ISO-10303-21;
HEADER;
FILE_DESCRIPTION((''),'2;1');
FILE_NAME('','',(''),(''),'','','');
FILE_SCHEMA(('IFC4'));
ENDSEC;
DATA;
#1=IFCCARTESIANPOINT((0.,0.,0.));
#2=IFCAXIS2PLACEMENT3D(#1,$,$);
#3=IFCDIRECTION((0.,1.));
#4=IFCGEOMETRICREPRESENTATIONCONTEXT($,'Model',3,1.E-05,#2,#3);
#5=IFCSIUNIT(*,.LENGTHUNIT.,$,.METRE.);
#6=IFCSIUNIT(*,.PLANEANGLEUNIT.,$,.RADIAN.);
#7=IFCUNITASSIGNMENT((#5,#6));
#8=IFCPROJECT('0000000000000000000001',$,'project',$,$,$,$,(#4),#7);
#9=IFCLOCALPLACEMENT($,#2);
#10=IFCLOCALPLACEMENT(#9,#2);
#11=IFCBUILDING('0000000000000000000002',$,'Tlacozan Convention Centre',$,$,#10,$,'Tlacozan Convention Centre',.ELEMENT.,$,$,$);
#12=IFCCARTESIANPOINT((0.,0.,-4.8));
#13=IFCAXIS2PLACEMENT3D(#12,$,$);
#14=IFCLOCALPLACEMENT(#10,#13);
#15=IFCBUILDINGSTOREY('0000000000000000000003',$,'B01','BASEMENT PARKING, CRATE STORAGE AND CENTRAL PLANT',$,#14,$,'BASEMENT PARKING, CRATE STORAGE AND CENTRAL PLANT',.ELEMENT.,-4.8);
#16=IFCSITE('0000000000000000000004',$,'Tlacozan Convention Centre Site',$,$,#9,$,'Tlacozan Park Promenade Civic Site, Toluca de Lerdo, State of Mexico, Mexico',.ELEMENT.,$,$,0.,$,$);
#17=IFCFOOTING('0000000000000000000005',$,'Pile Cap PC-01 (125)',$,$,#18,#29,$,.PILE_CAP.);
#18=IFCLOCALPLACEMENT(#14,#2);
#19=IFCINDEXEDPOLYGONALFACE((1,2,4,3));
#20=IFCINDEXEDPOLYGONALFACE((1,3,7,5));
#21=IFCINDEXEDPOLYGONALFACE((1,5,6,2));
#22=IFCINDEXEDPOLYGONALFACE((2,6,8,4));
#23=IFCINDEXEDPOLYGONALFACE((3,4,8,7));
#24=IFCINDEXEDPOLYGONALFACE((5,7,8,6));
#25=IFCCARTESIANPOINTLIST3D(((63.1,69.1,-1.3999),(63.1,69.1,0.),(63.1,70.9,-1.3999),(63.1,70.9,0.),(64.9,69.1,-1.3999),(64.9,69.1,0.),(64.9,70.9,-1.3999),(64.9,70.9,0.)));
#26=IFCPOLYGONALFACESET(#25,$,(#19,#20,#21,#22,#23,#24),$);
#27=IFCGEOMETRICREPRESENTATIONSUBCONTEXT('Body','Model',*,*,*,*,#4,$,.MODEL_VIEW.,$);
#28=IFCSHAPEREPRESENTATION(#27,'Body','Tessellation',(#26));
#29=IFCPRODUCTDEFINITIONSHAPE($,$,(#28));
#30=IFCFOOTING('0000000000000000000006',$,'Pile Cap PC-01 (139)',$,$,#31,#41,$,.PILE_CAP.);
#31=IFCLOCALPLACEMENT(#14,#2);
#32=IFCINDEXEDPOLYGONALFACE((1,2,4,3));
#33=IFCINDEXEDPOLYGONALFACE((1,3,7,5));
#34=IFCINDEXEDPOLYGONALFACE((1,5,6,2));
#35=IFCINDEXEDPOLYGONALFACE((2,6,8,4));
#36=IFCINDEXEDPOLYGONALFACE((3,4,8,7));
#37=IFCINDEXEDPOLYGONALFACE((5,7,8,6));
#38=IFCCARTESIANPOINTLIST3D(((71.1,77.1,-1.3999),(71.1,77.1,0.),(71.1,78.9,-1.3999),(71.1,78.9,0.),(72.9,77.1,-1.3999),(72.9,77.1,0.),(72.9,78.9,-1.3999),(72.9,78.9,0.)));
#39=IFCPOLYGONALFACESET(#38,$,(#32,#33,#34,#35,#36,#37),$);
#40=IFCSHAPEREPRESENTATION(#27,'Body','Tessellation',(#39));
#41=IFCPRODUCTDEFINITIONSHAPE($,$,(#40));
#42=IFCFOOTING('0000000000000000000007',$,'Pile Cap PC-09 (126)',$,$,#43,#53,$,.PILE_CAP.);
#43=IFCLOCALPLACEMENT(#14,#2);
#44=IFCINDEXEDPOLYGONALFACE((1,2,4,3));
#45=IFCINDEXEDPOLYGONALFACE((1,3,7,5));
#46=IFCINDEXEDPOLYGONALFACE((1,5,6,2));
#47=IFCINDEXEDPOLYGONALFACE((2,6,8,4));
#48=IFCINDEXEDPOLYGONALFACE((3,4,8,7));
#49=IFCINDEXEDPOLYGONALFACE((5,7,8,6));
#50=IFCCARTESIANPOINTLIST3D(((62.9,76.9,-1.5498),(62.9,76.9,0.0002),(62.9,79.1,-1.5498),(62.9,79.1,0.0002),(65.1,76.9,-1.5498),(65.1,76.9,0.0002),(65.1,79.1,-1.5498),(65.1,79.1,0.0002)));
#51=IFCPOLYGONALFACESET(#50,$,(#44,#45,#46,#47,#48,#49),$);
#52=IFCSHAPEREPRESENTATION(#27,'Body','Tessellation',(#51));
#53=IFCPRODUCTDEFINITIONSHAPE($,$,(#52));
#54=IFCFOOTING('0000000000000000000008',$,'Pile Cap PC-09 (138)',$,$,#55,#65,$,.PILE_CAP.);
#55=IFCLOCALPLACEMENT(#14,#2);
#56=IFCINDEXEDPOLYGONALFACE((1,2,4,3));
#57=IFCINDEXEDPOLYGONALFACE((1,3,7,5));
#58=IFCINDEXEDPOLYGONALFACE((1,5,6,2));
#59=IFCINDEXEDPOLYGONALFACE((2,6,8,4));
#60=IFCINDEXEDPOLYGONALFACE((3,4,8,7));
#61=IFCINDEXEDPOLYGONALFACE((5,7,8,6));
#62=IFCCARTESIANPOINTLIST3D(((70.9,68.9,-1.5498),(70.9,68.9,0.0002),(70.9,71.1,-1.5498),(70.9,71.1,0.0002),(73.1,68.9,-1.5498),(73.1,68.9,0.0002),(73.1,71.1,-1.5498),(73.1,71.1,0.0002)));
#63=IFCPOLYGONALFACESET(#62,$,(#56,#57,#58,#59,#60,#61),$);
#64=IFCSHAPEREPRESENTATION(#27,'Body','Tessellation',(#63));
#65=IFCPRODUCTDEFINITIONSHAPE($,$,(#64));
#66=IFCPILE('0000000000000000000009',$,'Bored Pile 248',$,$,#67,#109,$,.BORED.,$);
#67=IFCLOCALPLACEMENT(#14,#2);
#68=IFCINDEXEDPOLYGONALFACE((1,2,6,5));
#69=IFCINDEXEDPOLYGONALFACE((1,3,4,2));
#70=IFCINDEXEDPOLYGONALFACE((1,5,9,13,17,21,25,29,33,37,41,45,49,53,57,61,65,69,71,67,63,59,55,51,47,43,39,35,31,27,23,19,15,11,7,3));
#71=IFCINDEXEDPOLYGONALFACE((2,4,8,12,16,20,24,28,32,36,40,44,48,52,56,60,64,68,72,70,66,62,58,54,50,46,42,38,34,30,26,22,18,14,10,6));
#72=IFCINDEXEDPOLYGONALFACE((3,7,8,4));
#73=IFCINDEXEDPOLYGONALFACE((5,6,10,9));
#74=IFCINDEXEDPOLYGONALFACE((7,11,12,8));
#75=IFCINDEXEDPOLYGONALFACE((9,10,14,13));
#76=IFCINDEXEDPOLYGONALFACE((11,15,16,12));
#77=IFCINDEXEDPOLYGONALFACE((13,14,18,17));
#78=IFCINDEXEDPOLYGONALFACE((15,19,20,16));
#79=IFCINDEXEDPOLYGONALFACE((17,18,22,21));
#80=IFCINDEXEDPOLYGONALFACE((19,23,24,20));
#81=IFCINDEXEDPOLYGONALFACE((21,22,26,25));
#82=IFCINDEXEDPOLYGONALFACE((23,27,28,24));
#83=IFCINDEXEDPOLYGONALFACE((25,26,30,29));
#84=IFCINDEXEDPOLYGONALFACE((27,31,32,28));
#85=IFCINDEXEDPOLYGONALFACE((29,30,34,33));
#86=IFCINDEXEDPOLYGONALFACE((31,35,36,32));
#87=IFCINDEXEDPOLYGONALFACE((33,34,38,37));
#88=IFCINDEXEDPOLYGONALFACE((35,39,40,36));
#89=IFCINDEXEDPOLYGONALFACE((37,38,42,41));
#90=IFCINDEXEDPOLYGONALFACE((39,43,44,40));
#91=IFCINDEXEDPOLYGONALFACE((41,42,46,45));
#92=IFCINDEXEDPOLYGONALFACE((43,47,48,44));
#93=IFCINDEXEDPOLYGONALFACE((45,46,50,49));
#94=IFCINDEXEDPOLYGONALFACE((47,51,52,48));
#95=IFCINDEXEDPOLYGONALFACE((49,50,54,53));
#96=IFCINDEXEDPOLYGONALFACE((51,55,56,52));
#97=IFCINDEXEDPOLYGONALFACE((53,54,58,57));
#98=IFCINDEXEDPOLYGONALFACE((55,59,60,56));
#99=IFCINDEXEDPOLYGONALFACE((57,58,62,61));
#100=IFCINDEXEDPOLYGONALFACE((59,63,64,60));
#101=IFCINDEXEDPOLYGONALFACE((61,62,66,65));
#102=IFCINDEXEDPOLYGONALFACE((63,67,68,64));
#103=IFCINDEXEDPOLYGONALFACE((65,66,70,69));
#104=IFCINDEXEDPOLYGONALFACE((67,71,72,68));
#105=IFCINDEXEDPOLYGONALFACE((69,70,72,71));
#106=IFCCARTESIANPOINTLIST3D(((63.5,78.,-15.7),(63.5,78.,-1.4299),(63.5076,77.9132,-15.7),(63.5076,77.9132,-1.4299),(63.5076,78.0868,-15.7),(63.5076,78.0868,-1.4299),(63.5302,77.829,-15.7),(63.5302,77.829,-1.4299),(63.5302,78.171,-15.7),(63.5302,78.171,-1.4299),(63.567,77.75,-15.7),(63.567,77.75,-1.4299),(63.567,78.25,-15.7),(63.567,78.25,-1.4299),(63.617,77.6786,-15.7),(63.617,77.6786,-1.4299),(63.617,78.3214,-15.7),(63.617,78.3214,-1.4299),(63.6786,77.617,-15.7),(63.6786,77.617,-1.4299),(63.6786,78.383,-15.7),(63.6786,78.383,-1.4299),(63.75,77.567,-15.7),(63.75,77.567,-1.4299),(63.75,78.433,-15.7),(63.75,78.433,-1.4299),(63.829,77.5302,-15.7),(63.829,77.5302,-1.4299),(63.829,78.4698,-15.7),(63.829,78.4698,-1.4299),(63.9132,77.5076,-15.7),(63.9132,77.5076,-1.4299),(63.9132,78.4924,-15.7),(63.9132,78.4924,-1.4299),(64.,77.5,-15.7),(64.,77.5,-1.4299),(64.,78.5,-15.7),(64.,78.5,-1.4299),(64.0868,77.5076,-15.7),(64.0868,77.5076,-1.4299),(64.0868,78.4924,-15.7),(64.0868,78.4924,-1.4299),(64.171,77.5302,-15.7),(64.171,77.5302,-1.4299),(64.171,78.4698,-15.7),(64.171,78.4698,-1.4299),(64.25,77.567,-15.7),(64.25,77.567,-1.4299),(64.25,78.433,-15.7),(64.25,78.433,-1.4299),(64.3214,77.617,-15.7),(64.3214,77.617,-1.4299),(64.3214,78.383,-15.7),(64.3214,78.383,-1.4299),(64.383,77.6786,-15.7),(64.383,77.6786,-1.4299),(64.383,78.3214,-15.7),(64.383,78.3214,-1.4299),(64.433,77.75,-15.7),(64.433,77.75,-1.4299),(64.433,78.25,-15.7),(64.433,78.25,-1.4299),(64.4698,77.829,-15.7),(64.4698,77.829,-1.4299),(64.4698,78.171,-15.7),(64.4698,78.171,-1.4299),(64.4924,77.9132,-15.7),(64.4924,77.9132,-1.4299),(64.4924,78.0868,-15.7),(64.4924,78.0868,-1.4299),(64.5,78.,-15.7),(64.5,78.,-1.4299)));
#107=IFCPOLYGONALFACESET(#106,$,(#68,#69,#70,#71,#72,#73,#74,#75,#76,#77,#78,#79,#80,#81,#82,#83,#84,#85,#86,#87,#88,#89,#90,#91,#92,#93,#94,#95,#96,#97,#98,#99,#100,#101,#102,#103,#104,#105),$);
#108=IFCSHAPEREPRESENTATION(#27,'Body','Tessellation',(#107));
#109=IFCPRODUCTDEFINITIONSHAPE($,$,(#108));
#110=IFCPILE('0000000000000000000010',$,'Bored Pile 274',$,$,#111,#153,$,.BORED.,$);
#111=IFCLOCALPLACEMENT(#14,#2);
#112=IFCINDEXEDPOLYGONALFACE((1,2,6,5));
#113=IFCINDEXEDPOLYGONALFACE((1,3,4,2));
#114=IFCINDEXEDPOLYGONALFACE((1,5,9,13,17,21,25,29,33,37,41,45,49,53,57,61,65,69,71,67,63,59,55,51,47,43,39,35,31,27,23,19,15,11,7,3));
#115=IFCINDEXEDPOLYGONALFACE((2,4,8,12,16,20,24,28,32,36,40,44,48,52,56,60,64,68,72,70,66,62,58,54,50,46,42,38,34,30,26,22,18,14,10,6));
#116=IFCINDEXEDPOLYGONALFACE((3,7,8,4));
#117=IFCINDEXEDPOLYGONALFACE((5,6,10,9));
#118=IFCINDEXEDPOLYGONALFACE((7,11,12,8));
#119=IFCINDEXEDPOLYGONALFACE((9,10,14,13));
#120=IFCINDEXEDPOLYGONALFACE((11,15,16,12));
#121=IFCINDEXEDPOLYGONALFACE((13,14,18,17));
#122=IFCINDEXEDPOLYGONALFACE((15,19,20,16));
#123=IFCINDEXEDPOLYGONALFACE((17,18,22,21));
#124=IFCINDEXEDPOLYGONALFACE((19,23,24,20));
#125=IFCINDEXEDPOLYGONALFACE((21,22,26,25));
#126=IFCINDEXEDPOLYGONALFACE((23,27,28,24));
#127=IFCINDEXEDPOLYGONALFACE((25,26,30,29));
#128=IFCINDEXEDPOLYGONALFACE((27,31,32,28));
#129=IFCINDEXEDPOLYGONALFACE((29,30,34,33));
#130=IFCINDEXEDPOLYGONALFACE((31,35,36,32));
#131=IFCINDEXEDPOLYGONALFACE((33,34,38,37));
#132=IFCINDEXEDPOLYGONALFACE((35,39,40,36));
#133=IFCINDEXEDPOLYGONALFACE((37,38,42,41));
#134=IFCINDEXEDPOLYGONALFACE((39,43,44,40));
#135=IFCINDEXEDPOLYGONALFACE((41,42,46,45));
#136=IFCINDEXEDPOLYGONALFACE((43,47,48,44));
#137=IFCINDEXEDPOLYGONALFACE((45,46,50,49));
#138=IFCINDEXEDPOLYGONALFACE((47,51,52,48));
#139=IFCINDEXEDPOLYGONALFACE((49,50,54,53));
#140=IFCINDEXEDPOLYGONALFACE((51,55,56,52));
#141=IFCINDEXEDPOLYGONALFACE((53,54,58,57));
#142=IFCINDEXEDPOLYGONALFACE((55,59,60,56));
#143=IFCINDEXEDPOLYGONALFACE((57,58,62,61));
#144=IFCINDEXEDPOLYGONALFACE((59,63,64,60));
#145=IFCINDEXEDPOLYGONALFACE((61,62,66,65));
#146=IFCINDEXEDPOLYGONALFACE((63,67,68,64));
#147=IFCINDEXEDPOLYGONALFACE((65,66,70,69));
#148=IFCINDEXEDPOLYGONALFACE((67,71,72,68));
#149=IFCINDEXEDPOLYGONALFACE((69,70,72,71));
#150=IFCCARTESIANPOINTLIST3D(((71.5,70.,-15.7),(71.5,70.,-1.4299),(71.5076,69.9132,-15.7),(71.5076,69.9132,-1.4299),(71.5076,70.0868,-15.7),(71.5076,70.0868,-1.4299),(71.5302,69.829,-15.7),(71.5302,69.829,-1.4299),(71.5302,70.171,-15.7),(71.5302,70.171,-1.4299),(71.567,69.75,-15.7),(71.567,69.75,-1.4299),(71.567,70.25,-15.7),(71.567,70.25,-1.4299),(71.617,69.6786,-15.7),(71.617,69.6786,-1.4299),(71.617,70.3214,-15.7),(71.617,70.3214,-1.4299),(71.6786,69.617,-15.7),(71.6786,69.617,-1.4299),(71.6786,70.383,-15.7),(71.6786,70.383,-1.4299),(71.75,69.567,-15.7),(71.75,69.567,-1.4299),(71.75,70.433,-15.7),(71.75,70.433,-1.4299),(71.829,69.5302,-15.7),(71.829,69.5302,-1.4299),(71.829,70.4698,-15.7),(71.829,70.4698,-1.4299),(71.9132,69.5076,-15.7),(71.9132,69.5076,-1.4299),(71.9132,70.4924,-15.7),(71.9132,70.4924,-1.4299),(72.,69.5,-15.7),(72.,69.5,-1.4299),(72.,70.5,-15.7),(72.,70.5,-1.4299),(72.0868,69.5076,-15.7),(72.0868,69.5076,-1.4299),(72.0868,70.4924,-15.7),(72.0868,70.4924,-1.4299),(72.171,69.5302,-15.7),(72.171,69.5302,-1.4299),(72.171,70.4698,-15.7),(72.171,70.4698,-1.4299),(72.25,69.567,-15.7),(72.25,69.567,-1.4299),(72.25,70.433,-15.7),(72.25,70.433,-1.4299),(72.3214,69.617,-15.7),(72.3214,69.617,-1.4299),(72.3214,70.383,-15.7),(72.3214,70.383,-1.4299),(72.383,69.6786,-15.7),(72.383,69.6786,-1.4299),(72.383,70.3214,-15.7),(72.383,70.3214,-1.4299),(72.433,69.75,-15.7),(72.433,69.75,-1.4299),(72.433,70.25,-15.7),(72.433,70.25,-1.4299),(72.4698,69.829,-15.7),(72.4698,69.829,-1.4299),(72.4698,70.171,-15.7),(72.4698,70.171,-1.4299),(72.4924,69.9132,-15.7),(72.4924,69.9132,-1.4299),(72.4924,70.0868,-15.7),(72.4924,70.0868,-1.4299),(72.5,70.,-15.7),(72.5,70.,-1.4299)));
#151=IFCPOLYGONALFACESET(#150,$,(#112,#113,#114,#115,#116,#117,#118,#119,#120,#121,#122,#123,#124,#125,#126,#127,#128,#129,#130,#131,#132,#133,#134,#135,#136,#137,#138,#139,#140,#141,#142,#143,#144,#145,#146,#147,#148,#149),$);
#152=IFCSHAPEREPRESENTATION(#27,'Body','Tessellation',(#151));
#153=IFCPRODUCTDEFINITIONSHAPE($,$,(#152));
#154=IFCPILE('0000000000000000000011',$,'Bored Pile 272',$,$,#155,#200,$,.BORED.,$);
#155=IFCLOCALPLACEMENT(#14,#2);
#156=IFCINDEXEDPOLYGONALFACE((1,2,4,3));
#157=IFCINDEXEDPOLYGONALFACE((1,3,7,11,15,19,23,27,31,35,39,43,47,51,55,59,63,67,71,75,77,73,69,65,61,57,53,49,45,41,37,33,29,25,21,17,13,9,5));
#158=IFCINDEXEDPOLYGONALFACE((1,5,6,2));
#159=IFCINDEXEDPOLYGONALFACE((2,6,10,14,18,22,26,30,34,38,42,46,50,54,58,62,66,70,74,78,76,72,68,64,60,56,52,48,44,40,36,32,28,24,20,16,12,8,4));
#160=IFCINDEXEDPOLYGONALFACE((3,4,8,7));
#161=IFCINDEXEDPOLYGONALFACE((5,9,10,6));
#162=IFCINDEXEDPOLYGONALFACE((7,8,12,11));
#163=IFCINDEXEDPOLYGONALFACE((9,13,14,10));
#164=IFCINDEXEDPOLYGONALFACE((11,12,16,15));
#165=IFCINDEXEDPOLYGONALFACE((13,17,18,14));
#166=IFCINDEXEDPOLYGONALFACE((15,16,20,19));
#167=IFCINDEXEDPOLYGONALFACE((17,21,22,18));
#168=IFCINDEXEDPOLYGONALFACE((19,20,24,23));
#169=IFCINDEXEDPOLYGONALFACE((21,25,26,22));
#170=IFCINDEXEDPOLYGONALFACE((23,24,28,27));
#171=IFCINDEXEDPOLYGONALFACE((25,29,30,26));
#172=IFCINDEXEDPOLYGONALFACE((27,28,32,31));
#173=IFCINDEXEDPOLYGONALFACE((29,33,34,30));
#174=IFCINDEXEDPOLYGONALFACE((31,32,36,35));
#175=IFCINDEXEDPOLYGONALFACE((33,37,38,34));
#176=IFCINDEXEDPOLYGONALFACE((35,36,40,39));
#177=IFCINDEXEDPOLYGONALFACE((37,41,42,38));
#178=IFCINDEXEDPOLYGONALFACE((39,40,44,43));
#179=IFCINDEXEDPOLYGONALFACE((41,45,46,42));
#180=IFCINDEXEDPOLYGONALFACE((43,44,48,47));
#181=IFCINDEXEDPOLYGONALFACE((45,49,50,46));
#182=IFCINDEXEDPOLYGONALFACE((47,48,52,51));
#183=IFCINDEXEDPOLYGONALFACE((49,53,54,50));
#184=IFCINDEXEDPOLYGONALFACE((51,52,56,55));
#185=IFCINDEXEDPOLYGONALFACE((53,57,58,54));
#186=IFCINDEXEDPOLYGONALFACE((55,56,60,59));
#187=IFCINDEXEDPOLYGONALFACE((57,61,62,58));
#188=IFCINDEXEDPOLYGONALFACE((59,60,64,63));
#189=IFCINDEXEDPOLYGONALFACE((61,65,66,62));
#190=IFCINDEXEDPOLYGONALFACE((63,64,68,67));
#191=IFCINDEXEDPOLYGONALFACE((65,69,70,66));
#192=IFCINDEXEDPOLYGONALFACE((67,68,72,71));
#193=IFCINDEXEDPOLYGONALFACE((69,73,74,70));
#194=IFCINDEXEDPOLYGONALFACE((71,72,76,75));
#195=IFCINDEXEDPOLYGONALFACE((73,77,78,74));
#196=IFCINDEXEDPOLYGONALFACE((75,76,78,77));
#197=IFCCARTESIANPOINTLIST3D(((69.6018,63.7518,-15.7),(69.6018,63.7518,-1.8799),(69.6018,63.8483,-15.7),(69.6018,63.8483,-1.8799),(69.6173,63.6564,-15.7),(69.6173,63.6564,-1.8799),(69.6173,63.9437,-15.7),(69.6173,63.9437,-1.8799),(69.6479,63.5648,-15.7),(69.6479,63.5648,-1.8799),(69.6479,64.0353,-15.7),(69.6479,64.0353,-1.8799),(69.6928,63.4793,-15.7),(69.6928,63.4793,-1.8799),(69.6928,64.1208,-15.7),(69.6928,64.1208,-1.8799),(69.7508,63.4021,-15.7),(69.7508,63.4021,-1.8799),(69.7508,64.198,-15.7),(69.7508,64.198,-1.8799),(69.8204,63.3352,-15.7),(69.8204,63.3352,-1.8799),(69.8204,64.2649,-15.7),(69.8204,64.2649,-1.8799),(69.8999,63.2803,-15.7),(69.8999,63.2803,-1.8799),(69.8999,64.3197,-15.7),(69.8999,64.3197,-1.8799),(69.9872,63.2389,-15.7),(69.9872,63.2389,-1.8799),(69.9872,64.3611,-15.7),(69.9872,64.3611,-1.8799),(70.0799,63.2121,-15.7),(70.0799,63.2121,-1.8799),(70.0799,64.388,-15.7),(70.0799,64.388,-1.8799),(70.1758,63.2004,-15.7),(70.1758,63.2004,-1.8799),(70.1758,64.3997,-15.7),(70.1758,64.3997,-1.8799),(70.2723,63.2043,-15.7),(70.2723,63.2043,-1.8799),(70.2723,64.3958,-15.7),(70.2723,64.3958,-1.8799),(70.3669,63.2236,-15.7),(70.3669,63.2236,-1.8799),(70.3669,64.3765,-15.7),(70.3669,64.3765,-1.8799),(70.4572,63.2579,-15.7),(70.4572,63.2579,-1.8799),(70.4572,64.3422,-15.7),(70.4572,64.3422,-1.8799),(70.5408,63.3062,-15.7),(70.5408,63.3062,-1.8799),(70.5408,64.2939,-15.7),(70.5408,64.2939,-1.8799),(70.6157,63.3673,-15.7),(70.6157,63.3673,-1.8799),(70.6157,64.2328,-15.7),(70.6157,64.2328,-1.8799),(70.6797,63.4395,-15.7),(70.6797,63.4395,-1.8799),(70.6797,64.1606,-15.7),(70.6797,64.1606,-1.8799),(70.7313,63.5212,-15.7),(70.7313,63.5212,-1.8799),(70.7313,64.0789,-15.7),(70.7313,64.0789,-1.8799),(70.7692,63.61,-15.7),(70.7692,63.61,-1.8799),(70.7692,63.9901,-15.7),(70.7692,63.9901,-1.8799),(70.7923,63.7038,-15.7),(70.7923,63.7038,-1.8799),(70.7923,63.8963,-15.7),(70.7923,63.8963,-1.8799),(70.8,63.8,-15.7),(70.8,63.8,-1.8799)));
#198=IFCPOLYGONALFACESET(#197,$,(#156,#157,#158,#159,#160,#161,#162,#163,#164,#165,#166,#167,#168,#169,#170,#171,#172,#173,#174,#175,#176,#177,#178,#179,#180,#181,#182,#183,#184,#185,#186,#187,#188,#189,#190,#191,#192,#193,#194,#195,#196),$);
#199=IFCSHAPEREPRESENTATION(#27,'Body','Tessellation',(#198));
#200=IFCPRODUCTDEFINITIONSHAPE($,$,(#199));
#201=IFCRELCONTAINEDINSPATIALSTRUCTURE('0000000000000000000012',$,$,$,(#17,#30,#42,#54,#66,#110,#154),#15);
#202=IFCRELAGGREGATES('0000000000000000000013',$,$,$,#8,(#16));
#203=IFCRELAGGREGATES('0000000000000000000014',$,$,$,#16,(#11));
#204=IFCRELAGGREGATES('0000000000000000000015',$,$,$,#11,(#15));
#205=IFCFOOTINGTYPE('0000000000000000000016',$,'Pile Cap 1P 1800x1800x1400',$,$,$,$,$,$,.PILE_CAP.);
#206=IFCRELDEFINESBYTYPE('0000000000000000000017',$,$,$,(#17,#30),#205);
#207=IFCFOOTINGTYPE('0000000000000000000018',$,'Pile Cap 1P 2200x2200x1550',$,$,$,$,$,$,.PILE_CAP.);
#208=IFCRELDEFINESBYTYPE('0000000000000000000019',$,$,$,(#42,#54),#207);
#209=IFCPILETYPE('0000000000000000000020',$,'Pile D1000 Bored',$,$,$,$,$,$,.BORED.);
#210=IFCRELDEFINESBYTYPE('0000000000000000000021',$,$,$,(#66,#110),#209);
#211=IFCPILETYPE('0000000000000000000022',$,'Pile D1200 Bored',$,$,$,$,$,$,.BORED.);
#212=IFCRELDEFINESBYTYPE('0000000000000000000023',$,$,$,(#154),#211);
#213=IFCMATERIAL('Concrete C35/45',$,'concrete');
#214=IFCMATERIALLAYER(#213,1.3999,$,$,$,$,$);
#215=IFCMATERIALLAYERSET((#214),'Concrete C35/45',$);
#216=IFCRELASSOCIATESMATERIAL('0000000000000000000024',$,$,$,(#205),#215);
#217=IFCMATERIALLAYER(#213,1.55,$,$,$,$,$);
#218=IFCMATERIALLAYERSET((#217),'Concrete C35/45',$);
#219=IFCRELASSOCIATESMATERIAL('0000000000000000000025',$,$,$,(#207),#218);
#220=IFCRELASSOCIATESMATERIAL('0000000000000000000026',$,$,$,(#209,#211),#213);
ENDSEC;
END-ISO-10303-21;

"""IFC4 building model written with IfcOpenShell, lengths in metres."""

from ifc_helpers import new_model, si_unit, direction, frame, origin, origin_2d, place, context, subcontext, project, spatial, rectangle, circle, extrude, material, layer, layer_set, material_profile, profile_set, type_object, element, save


model = new_model("IFC4")

# Units and contexts
model_context = context("Model", 3, precision=1e-05, world=origin(), true_north=direction((0.0, 1.0)))
body_context = subcontext(model_context, "Body", "Model", "MODEL_VIEW")
ifc_project = project(units=[si_unit("LENGTHUNIT", "METRE"), si_unit("PLANEANGLEUNIT", "RADIAN")], contexts=[model_context])

# Site, building, storey
site_placement = place(None, origin())
site = spatial("IfcSite", under=ifc_project, at=site_placement, Name="Tlacozan Convention Centre Site", LongName="Tlacozan Park Promenade Civic Site, Toluca de Lerdo, State of Mexico, Mexico", CompositionType="ELEMENT", RefElevation=0.0)
building_placement = place(site_placement, origin())
building = spatial("IfcBuilding", under=site, at=building_placement, Name="Tlacozan Convention Centre", LongName="Tlacozan Convention Centre", CompositionType="ELEMENT")
storey_placement = place(building_placement, frame((0.0, 0.0, -4.8)))
storey = spatial("IfcBuildingStorey", under=building, at=storey_placement, Name="B01", Description="BASEMENT PARKING, CRATE STORAGE AND CENTRAL PLANT", LongName="BASEMENT PARKING, CRATE STORAGE AND CENTRAL PLANT", CompositionType="ELEMENT", Elevation=-4.8)

# Footings
ifc_material_1 = material(Name="Concrete C35/45", Category="concrete")
ifc_layer_1 = layer(ifc_material_1, 1.3999)
ifc_layer_set_1 = layer_set([ifc_layer_1], Name="Concrete C35/45")
footing_type_1 = type_object("IfcFootingType", Name="Pile Cap 1P 1800x1800x1400", PredefinedType="PILE_CAP", material=ifc_layer_set_1)
for number, where, z_axis, x_axis, name in (
    (1, (64.0, 70.0, -1.3999), (0.0, 0.0, 1.0), (1.0, 0.0, 0.0), "Pile Cap PC-01 (125)"),
    (2, (72.0, 78.0, -1.3999), (0.0, 0.0, 1.0), (1.0, 0.0, 0.0), "Pile Cap PC-01 (139)"),
):
    element("IfcFooting", number, at=place(storey_placement, frame(where, z_axis=z_axis, x_axis=x_axis)), inside=storey, type_object=footing_type_1, Name=name, PredefinedType="PILE_CAP", context=body_context, shape_type="SweptSolid", body=[
        extrude(rectangle(XDim=1.8, YDim=1.8, at=origin_2d()), origin(), (0.0, 0.0, 1.0), 1.3999),
    ])
ifc_layer_2 = layer(ifc_material_1, 1.55)
ifc_layer_set_2 = layer_set([ifc_layer_2], Name="Concrete C35/45")
footing_type_2 = type_object("IfcFootingType", Name="Pile Cap 1P 2200x2200x1550", PredefinedType="PILE_CAP", material=ifc_layer_set_2)
for number, where, z_axis, x_axis, name in (
    (3, (64.0, 78.0, -1.5498), (0.0, 0.0, 1.0), (1.0, 0.0, 0.0), "Pile Cap PC-09 (126)"),
    (4, (72.0, 70.0, -1.5498), (0.0, 0.0, 1.0), (1.0, 0.0, 0.0), "Pile Cap PC-09 (138)"),
):
    element("IfcFooting", number, at=place(storey_placement, frame(where, z_axis=z_axis, x_axis=x_axis)), inside=storey, type_object=footing_type_2, Name=name, PredefinedType="PILE_CAP", context=body_context, shape_type="SweptSolid", body=[
        extrude(rectangle(XDim=2.2, YDim=2.2, at=origin_2d()), origin(), (0.0, 0.0, 1.0), 1.55),
    ])

# Piles
ifc_material_profile_1 = material_profile(ifc_material_1, circle(Radius=0.5, at=origin_2d()), Name="PILE D1000")
ifc_profile_set_1 = profile_set([ifc_material_profile_1], Name="Concrete C35/45")
pile_type_1 = type_object("IfcPileType", Name="Pile D1000 Bored", PredefinedType="BORED", material=ifc_profile_set_1)
for number, where, z_axis, x_axis, name in (
    (5, (64.0, 78.0, -1.4299), (0.0, 0.0, -1.0), (1.0, 0.0, 0.0), "Bored Pile 248"),
    (6, (72.0, 70.0, -1.4299), (0.0, 0.0, -1.0), (1.0, 0.0, 0.0), "Bored Pile 274"),
):
    element("IfcPile", number, at=place(storey_placement, frame(where, z_axis=z_axis, x_axis=x_axis)), inside=storey, type_object=pile_type_1, Name=name, PredefinedType="BORED", context=body_context, shape_type="SweptSolid", body=[
        extrude(circle(Radius=0.5, at=origin_2d()), origin(), (0.0, 0.0, 1.0), 14.27),
    ])
ifc_material_profile_2 = material_profile(ifc_material_1, circle(Radius=0.6001, at=origin_2d()), Name="PILE D1200")
ifc_profile_set_2 = profile_set([ifc_material_profile_2], Name="Concrete C35/45")
pile_type_2 = type_object("IfcPileType", Name="Pile D1200 Bored", PredefinedType="BORED", material=ifc_profile_set_2)
pile_placement = place(storey_placement, frame((70.2, 63.8, -1.8799), z_axis=(0.0, 0.0, -1.0), x_axis=(1.0, 0.0, 0.0)))
element("IfcPile", 7, at=pile_placement, inside=storey, type_object=pile_type_2, Name="Bored Pile 272", PredefinedType="BORED", context=body_context, shape_type="SweptSolid", body=[
    extrude(circle(Radius=0.6001, at=origin_2d()), origin(), (0.0, 0.0, 1.0), 13.8201),
])

save(model, "model.ifc")
